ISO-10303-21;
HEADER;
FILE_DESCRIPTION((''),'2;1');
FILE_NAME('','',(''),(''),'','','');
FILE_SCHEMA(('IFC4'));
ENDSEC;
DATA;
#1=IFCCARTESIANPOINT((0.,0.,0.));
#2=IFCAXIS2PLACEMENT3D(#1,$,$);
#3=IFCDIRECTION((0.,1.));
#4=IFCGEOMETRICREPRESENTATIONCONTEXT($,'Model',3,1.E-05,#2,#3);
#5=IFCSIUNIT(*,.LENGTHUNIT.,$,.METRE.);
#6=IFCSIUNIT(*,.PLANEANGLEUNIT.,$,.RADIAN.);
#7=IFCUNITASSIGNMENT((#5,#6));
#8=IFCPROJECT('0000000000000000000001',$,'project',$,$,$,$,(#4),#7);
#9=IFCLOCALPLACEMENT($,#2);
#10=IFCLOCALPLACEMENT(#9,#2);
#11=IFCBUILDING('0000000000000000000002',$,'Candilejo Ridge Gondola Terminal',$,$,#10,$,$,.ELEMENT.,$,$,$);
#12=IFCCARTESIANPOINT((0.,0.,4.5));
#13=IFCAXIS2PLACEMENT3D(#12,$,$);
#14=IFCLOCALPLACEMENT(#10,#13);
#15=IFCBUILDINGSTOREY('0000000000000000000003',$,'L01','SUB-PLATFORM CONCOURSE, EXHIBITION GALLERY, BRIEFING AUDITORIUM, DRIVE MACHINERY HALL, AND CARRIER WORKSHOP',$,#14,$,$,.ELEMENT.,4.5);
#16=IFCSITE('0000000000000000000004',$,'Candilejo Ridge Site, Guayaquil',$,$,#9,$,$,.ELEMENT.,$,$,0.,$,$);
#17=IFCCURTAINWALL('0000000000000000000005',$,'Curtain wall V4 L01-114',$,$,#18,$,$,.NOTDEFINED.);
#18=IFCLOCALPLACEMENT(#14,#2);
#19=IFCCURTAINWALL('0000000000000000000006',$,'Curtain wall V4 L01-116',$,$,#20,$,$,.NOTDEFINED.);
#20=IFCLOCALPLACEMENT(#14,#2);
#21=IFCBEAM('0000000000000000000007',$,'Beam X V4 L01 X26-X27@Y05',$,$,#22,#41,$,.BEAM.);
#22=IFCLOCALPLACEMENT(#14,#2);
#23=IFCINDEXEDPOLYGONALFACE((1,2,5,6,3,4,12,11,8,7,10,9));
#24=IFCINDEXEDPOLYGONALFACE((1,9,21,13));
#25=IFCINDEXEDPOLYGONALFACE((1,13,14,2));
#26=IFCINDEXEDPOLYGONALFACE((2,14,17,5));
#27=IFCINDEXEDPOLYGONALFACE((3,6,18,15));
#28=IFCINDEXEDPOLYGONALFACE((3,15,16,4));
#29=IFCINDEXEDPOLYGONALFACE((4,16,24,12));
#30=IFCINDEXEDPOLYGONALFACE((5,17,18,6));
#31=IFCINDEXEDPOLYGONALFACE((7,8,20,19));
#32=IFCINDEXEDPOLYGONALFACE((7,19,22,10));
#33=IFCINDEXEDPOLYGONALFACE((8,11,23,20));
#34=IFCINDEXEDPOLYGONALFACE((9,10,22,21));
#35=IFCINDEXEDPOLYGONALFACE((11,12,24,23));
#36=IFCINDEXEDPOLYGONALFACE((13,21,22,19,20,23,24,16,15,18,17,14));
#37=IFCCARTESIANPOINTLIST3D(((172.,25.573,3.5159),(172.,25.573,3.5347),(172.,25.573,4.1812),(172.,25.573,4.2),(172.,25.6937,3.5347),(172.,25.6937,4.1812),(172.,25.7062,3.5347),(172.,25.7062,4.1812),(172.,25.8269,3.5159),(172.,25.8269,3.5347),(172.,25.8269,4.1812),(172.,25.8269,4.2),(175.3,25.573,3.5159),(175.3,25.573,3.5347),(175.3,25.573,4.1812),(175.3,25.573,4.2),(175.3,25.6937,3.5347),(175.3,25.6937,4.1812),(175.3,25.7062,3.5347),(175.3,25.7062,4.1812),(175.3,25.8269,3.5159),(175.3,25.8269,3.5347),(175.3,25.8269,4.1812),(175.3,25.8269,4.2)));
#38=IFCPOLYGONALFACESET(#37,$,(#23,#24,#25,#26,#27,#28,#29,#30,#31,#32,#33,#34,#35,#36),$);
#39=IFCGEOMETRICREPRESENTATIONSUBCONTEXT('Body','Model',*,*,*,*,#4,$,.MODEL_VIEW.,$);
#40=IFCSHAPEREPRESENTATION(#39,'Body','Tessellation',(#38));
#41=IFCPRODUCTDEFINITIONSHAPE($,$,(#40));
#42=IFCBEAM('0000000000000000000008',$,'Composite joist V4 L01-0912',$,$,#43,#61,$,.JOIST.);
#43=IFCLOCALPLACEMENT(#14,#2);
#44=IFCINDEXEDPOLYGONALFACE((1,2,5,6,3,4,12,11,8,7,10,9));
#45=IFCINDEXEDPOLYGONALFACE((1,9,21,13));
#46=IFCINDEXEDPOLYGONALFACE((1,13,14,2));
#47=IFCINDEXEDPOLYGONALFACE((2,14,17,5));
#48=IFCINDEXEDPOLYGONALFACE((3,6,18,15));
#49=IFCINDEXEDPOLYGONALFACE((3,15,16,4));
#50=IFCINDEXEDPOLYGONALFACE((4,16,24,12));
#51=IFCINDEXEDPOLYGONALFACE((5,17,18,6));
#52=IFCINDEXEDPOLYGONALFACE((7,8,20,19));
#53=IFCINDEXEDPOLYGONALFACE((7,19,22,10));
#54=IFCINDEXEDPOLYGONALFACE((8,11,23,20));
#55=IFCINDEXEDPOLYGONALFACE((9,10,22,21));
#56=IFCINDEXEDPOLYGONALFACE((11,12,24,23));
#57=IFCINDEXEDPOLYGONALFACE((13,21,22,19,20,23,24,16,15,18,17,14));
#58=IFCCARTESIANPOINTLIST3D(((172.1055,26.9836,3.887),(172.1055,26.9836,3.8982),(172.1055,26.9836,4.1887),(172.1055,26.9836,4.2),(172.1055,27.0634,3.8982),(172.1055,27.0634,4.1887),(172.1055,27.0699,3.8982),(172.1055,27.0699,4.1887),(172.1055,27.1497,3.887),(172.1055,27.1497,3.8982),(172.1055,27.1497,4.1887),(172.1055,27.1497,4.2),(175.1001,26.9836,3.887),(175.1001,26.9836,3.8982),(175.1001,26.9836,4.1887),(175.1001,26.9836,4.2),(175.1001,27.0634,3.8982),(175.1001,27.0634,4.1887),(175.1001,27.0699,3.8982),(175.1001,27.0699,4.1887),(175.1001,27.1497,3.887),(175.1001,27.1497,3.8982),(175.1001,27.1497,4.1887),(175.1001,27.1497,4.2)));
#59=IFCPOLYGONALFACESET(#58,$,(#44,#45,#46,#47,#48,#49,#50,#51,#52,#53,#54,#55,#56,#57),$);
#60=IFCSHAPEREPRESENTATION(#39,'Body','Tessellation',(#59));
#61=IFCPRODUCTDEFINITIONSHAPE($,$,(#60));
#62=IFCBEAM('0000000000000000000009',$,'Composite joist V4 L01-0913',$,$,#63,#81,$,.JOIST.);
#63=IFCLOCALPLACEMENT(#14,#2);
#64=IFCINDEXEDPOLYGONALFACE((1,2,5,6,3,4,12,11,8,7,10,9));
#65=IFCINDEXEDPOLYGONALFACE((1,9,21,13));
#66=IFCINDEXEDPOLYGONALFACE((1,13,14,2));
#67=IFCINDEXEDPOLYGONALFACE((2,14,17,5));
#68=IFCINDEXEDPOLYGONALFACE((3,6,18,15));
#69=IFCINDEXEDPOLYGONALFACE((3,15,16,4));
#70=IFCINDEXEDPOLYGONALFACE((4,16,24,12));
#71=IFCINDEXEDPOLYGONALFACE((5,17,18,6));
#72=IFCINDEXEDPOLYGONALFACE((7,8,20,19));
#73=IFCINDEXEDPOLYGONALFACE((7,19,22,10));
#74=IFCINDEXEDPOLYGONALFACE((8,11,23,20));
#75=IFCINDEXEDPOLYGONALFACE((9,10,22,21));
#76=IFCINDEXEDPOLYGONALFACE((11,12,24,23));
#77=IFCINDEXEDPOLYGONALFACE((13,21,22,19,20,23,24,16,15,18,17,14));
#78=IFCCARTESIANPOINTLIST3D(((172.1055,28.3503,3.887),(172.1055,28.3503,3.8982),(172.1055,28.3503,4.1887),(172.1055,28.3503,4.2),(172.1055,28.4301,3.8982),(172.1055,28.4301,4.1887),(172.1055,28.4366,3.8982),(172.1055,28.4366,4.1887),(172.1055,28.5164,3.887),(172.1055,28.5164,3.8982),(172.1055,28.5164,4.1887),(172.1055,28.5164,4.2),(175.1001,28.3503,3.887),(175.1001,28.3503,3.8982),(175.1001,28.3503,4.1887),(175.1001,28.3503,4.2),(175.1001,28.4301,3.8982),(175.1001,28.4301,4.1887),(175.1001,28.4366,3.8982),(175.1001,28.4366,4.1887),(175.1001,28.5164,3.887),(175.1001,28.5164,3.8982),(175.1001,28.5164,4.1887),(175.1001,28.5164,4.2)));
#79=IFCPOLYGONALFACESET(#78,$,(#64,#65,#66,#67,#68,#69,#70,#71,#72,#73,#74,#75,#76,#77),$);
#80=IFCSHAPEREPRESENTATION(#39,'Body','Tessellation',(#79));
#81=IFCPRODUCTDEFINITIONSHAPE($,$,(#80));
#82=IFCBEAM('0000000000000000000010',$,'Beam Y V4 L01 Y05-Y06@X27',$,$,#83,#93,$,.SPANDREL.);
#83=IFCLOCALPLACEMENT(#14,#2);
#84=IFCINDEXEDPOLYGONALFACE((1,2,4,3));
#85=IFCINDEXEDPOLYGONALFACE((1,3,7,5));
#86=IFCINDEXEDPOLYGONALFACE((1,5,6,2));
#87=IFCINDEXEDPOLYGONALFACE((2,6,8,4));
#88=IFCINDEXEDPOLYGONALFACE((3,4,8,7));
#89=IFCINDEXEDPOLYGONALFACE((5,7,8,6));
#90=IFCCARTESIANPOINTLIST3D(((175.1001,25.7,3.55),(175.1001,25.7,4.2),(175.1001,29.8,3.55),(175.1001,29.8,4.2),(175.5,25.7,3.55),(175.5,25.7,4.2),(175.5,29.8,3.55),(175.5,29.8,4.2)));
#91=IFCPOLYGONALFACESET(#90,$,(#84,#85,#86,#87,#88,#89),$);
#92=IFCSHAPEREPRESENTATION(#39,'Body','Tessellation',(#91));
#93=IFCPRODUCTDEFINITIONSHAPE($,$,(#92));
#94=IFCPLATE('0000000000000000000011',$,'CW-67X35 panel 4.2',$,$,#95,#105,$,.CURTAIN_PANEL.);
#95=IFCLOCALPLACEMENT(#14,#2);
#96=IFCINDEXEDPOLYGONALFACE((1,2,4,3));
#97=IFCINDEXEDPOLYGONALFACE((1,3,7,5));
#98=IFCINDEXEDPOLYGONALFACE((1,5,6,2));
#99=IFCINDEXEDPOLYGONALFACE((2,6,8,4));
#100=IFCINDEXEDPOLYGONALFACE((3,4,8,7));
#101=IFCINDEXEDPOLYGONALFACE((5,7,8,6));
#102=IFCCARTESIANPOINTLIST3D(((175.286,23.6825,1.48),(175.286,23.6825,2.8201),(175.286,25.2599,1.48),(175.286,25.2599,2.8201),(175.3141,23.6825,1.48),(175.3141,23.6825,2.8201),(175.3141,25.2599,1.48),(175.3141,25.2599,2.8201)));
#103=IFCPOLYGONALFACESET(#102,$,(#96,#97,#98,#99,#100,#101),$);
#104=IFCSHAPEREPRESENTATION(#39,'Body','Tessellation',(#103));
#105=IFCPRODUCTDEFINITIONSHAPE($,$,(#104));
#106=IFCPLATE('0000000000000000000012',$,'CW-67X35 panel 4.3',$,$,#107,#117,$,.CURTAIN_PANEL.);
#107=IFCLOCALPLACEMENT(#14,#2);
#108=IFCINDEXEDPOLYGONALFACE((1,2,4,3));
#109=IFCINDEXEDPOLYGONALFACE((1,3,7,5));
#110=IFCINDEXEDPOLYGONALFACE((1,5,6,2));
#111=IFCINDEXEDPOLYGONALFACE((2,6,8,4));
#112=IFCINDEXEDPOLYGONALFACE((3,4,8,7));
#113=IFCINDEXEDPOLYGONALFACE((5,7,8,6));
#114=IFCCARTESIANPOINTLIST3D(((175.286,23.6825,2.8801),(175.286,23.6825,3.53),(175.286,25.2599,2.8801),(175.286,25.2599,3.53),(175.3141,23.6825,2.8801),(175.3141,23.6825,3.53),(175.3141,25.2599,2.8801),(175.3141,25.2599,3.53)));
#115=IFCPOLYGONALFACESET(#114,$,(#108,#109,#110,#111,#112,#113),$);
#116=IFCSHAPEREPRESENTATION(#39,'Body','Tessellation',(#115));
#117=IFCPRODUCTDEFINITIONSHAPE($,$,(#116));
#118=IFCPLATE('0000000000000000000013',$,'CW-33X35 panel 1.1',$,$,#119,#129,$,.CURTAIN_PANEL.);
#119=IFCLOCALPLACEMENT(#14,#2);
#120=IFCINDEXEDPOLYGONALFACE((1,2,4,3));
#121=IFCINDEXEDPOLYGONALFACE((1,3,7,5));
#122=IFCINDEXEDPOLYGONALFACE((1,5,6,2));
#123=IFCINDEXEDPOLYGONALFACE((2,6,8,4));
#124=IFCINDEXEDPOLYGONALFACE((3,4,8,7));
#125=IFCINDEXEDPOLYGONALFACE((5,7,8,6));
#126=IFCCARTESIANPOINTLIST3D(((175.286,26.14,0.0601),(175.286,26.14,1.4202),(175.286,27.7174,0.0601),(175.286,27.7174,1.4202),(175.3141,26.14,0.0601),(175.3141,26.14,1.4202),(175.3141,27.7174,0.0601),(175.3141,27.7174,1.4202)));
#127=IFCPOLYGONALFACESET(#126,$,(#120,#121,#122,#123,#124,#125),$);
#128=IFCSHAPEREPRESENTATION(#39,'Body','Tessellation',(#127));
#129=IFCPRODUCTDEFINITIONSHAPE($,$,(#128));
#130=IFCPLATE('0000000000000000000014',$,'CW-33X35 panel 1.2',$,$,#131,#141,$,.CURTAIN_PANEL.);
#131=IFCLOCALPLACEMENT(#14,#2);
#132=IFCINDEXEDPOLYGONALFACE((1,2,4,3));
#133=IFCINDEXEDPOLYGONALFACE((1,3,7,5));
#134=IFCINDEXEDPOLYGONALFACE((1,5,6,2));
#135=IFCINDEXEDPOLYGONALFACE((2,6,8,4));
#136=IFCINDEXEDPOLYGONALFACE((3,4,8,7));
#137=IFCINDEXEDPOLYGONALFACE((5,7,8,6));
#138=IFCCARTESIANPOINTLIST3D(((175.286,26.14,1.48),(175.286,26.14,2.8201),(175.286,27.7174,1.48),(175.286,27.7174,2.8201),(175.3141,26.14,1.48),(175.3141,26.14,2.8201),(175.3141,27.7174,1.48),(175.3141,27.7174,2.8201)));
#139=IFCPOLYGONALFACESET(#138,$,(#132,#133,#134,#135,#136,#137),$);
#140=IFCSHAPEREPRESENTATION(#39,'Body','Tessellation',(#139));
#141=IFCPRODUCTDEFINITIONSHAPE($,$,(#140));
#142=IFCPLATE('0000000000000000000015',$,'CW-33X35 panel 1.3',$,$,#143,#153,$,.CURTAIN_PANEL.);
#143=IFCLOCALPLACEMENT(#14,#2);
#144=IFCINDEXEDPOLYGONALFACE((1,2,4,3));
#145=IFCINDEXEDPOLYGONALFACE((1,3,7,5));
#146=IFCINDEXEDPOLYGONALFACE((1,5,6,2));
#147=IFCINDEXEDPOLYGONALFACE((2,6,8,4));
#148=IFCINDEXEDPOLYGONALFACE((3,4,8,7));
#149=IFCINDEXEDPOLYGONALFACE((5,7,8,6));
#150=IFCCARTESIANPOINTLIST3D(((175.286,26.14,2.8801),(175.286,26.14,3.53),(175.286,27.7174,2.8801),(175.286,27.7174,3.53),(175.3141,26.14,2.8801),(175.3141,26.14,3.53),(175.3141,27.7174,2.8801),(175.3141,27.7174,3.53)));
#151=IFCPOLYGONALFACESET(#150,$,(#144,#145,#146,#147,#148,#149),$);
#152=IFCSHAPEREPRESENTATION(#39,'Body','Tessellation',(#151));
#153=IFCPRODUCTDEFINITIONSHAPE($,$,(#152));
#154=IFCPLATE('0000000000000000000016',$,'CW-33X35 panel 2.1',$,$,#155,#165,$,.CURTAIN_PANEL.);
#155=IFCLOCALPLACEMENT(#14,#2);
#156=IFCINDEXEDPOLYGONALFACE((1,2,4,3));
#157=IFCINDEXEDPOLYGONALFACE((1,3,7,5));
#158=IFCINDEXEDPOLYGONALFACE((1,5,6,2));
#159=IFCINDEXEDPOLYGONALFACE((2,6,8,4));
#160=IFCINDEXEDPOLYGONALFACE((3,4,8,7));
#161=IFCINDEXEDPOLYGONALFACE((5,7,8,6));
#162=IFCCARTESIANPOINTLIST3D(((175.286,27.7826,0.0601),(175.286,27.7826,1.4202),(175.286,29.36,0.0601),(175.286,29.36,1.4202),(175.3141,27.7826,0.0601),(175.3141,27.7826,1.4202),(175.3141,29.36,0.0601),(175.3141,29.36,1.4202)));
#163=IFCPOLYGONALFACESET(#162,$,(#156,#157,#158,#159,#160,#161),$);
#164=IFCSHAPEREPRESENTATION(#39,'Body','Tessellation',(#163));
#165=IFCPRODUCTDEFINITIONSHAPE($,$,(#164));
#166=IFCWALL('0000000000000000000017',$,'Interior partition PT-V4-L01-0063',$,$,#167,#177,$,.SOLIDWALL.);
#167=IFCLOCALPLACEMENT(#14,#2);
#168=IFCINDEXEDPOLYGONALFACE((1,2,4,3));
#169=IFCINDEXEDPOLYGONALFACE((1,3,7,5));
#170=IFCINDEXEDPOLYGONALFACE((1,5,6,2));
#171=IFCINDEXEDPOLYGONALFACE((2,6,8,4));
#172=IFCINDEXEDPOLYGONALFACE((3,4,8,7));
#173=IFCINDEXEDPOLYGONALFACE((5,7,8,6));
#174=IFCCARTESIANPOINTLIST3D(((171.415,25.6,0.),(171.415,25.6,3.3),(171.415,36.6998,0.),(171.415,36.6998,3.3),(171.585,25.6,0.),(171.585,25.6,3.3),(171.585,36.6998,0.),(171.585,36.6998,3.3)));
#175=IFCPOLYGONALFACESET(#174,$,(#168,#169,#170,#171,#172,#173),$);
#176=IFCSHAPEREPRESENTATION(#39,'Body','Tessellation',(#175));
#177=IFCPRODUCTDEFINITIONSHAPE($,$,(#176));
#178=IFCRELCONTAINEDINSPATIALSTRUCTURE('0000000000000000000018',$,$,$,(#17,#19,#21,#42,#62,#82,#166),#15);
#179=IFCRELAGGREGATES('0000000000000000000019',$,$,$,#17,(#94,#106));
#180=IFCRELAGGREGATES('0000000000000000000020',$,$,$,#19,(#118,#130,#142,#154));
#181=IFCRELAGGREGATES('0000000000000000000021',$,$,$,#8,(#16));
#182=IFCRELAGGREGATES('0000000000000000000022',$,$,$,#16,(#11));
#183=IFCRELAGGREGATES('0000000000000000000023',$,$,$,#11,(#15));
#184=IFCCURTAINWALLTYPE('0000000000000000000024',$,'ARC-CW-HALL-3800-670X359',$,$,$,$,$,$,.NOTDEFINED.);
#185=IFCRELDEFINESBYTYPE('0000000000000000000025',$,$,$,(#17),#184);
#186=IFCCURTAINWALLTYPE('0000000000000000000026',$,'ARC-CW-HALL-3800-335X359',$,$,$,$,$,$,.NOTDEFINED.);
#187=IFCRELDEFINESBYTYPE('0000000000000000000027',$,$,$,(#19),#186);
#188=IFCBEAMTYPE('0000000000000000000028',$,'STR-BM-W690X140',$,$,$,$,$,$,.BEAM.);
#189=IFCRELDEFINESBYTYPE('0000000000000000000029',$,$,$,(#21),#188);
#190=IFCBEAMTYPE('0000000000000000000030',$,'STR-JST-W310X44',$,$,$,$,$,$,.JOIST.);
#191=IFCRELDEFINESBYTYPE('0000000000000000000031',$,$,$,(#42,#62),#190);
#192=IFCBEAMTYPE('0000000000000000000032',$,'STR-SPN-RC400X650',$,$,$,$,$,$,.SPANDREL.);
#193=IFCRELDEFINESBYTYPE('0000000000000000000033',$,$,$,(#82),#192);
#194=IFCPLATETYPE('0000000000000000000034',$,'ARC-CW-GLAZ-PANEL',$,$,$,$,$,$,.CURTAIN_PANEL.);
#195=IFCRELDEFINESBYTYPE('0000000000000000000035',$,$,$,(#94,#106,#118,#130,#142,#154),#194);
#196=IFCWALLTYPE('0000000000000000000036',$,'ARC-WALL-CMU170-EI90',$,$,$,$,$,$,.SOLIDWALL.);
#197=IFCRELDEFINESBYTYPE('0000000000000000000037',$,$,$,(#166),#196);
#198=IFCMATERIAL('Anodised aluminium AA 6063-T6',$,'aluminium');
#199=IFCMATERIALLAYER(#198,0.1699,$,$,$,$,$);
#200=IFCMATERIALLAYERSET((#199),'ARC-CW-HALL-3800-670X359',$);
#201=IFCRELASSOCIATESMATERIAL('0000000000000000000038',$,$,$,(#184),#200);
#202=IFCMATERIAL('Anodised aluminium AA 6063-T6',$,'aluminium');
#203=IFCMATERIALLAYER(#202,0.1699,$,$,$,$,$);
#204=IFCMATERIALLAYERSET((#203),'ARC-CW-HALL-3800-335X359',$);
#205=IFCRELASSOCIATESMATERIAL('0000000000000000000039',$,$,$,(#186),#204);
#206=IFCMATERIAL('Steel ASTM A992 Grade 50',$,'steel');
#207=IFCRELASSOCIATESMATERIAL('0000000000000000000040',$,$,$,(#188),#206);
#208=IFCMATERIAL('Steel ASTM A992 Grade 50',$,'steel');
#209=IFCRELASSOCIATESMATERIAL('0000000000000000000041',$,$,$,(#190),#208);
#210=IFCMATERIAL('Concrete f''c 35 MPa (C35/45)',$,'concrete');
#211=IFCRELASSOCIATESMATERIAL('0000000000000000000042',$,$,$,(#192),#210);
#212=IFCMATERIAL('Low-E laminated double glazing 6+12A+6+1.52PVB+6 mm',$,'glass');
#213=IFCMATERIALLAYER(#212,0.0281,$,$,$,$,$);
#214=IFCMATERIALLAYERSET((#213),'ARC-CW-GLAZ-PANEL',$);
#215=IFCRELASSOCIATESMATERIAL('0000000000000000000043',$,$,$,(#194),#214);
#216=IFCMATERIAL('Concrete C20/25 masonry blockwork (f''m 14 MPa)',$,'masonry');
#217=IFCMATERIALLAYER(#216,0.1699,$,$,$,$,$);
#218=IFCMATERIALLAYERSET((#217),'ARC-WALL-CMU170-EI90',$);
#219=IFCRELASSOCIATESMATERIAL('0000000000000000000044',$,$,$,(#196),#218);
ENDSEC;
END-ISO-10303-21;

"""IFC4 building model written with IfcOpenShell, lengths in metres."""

from ifc_helpers import new_model, si_unit, direction, frame, frame_2d, origin, origin_2d, place, context, subcontext, project, spatial, rectangle, i_section, extrude, material, layer, layer_set, material_profile, profile_set, type_object, element, aggregate, save


model = new_model("IFC4")

# Units and contexts
model_context = context("Model", 3, precision=1e-05, world=origin(), true_north=direction((0.0, 1.0)))
body_context = subcontext(model_context, "Body", "Model", "MODEL_VIEW")
ifc_project = project(units=[si_unit("LENGTHUNIT", "METRE"), si_unit("PLANEANGLEUNIT", "RADIAN")], contexts=[model_context])

# Site, building, storey
site_placement = place(None, origin())
site = spatial("IfcSite", under=ifc_project, at=site_placement, Name="Candilejo Ridge Site, Guayaquil", CompositionType="ELEMENT", RefElevation=0.0)
building_placement = place(site_placement, origin())
building = spatial("IfcBuilding", under=site, at=building_placement, Name="Candilejo Ridge Gondola Terminal", CompositionType="ELEMENT")
storey_placement = place(building_placement, frame((0.0, 0.0, 4.5)))
storey = spatial("IfcBuildingStorey", under=building, at=storey_placement, Name="L01", Description="SUB-PLATFORM CONCOURSE, EXHIBITION GALLERY, BRIEFING AUDITORIUM, DRIVE MACHINERY HALL, AND CARRIER WORKSHOP", CompositionType="ELEMENT", Elevation=4.5)

# Curtain wall
ifc_material_1 = material(Name="Anodised aluminium AA 6063-T6", Category="aluminium")
ifc_layer_1 = layer(ifc_material_1, 0.1699)
ifc_layer_set_1 = layer_set([ifc_layer_1], Name="ARC-CW-HALL-3800-670X359")
curtain_wall_type_1 = type_object("IfcCurtainWallType", Name="ARC-CW-HALL-3800-670X359", PredefinedType="NOTDEFINED", material=ifc_layer_set_1)
curtain_wall_1_placement = place(storey_placement, origin())
curtain_wall_1 = element("IfcCurtainWall", 1, at=curtain_wall_1_placement, inside=storey, type_object=curtain_wall_type_1, Name="Curtain wall V4 L01-114", PredefinedType="NOTDEFINED")

# Curtain wall
ifc_material_2 = material(Name="Anodised aluminium AA 6063-T6", Category="aluminium")
ifc_layer_2 = layer(ifc_material_2, 0.1699)
ifc_layer_set_2 = layer_set([ifc_layer_2], Name="ARC-CW-HALL-3800-335X359")
curtain_wall_type_2 = type_object("IfcCurtainWallType", Name="ARC-CW-HALL-3800-335X359", PredefinedType="NOTDEFINED", material=ifc_layer_set_2)
curtain_wall_2_placement = place(storey_placement, origin())
curtain_wall_2 = element("IfcCurtainWall", 2, at=curtain_wall_2_placement, inside=storey, type_object=curtain_wall_type_2, Name="Curtain wall V4 L01-116", PredefinedType="NOTDEFINED")

# Beams
ifc_material_3 = material(Name="Steel ASTM A992 Grade 50", Category="steel")
ifc_material_profile_1 = material_profile(ifc_material_3, i_section(OverallWidth=0.2539, OverallDepth=0.6841, WebThickness=0.0125, FlangeThickness=0.0188, at=origin_2d()))
ifc_profile_set_1 = profile_set([ifc_material_profile_1], Name="Steel ASTM A992 Grade 50")
beam_type_1 = type_object("IfcBeamType", Name="STR-BM-W690X140", PredefinedType="BEAM", material=ifc_profile_set_1)
beam_1_placement = place(storey_placement, frame((172.0, 25.7, 3.8579), z_axis=(1.0, 0.0, 0.0), x_axis=(0.0, 1.0, 0.0)))
element("IfcBeam", 3, at=beam_1_placement, inside=storey, type_object=beam_type_1, Name="Beam X V4 L01 X26-X27@Y05", PredefinedType="BEAM", context=body_context, shape_type="SweptSolid", body=[
    extrude(i_section(OverallWidth=0.2539, OverallDepth=0.6841, WebThickness=0.0125, FlangeThickness=0.0188, at=origin_2d()), origin(), (0.0, 0.0, 1.0), 3.3),
])
ifc_material_4 = material(Name="Steel ASTM A992 Grade 50", Category="steel")
ifc_material_profile_2 = material_profile(ifc_material_4, i_section(OverallWidth=0.166, OverallDepth=0.313, WebThickness=0.0066, FlangeThickness=0.0112, at=origin_2d()))
ifc_profile_set_2 = profile_set([ifc_material_profile_2], Name="Steel ASTM A992 Grade 50")
beam_type_2 = type_object("IfcBeamType", Name="STR-JST-W310X44", PredefinedType="JOIST", material=ifc_profile_set_2)
for number, where, z_axis, x_axis, name in (
    (4, (172.1055, 27.0667, 4.0435), (1.0, 0.0, 0.0), (0.0, 1.0, 0.0), "Composite joist V4 L01-0912"),
    (5, (172.1055, 28.4333, 4.0435), (1.0, 0.0, 0.0), (0.0, 1.0, 0.0), "Composite joist V4 L01-0913"),
):
    element("IfcBeam", number, at=place(storey_placement, frame(where, z_axis=z_axis, x_axis=x_axis)), inside=storey, type_object=beam_type_2, Name=name, PredefinedType="JOIST", context=body_context, shape_type="SweptSolid", body=[
        extrude(i_section(OverallWidth=0.166, OverallDepth=0.313, WebThickness=0.0066, FlangeThickness=0.0112, at=origin_2d()), origin(), (0.0, 0.0, 1.0), 2.9946),
    ])
ifc_material_5 = material(Name="Concrete f'c 35 MPa (C35/45)", Category="concrete")
ifc_material_profile_3 = material_profile(ifc_material_5, rectangle(XDim=0.3999, YDim=0.6499, at=origin_2d()))
ifc_profile_set_3 = profile_set([ifc_material_profile_3], Name="Concrete f'c 35 MPa (C35/45)")
beam_type_3 = type_object("IfcBeamType", Name="STR-SPN-RC400X650", PredefinedType="SPANDREL", material=ifc_profile_set_3)
beam_2_placement = place(storey_placement, frame((175.3, 25.7, 3.875), z_axis=(0.0, 1.0, 0.0), x_axis=(-1.0, 0.0, 0.0)))
element("IfcBeam", 6, at=beam_2_placement, inside=storey, type_object=beam_type_3, Name="Beam Y V4 L01 Y05-Y06@X27", PredefinedType="SPANDREL", context=body_context, shape_type="SweptSolid", body=[
    extrude(rectangle(XDim=0.3999, YDim=0.6499, at=origin_2d()), origin(), (0.0, 0.0, 1.0), 4.1001),
])

# Plates
ifc_material_6 = material(Name="Low-E laminated double glazing 6+12A+6+1.52PVB+6 mm", Category="glass")
ifc_layer_3 = layer(ifc_material_6, 0.0281)
ifc_layer_set_3 = layer_set([ifc_layer_3], Name="ARC-CW-GLAZ-PANEL")
plate_type = type_object("IfcPlateType", Name="ARC-CW-GLAZ-PANEL", PredefinedType="CURTAIN_PANEL", material=ifc_layer_set_3)
plate_1_placement = place(storey_placement, frame((175.3, 24.4712, 1.48), z_axis=(0.0, 0.0, 1.0), x_axis=(0.0, 1.0, 0.0)))
plate_1 = element("IfcPlate", 7, at=plate_1_placement, type_object=plate_type, Name="CW-67X35 panel 4.2", PredefinedType="CURTAIN_PANEL", context=body_context, shape_type="SweptSolid", body=[
    extrude(rectangle(XDim=1.5774, YDim=0.0281, at=origin_2d()), origin(), (0.0, 0.0, 1.0), 1.3401),
])
plate_2_placement = place(storey_placement, frame((175.3, 24.4712, 2.8801), z_axis=(0.0, 0.0, 1.0), x_axis=(0.0, 1.0, 0.0)))
plate_2 = element("IfcPlate", 8, at=plate_2_placement, type_object=plate_type, Name="CW-67X35 panel 4.3", PredefinedType="CURTAIN_PANEL", context=body_context, shape_type="SweptSolid", body=[
    extrude(rectangle(XDim=1.5774, YDim=0.0281, at=origin_2d()), origin(), (0.0, 0.0, 1.0), 0.6499),
])
aggregate(curtain_wall_1, [plate_1, plate_2])
plate_3_placement = place(storey_placement, frame((175.3, 26.9287, 0.0601), z_axis=(0.0, 0.0, 1.0), x_axis=(0.0, 1.0, 0.0)))
plate_3 = element("IfcPlate", 9, at=plate_3_placement, type_object=plate_type, Name="CW-33X35 panel 1.1", PredefinedType="CURTAIN_PANEL", context=body_context, shape_type="SweptSolid", body=[
    extrude(rectangle(XDim=1.5774, YDim=0.0281, at=origin_2d()), origin(), (0.0, 0.0, 1.0), 1.3601),
])
plate_4_placement = place(storey_placement, frame((175.3, 26.9287, 1.48), z_axis=(0.0, 0.0, 1.0), x_axis=(0.0, 1.0, 0.0)))
plate_4 = element("IfcPlate", 10, at=plate_4_placement, type_object=plate_type, Name="CW-33X35 panel 1.2", PredefinedType="CURTAIN_PANEL", context=body_context, shape_type="SweptSolid", body=[
    extrude(rectangle(XDim=1.5774, YDim=0.0281, at=origin_2d()), origin(), (0.0, 0.0, 1.0), 1.3401),
])
plate_5_placement = place(storey_placement, frame((175.3, 26.9287, 2.8801), z_axis=(0.0, 0.0, 1.0), x_axis=(0.0, 1.0, 0.0)))
plate_5 = element("IfcPlate", 11, at=plate_5_placement, type_object=plate_type, Name="CW-33X35 panel 1.3", PredefinedType="CURTAIN_PANEL", context=body_context, shape_type="SweptSolid", body=[
    extrude(rectangle(XDim=1.5774, YDim=0.0281, at=origin_2d()), origin(), (0.0, 0.0, 1.0), 0.6499),
])
plate_6_placement = place(storey_placement, frame((175.3, 28.5713, 0.0601), z_axis=(0.0, 0.0, 1.0), x_axis=(0.0, 1.0, 0.0)))
plate_6 = element("IfcPlate", 12, at=plate_6_placement, type_object=plate_type, Name="CW-33X35 panel 2.1", PredefinedType="CURTAIN_PANEL", context=body_context, shape_type="SweptSolid", body=[
    extrude(rectangle(XDim=1.5774, YDim=0.0281, at=origin_2d()), origin(), (0.0, 0.0, 1.0), 1.3601),
])
aggregate(curtain_wall_2, [plate_3, plate_4, plate_5, plate_6])

# Wall
ifc_material_7 = material(Name="Concrete C20/25 masonry blockwork (f'm 14 MPa)", Category="masonry")
ifc_layer_4 = layer(ifc_material_7, 0.1699)
ifc_layer_set_4 = layer_set([ifc_layer_4], Name="ARC-WALL-CMU170-EI90")
wall_type = type_object("IfcWallType", Name="ARC-WALL-CMU170-EI90", PredefinedType="SOLIDWALL", material=ifc_layer_set_4)
wall_placement = place(storey_placement, frame((171.5, 25.6001, 0.0), z_axis=(0.0, 0.0, 1.0), x_axis=(0.0, 1.0, 0.0)))
element("IfcWall", 13, at=wall_placement, inside=storey, type_object=wall_type, Name="Interior partition PT-V4-L01-0063", PredefinedType="SOLIDWALL", context=body_context, shape_type="SweptSolid", body=[
    extrude(rectangle(XDim=11.0999, YDim=0.1699, at=frame_2d((5.5498, 0.0))), origin(), (0.0, 0.0, 1.0), 3.3),
])

save(model, "model.ifc")
